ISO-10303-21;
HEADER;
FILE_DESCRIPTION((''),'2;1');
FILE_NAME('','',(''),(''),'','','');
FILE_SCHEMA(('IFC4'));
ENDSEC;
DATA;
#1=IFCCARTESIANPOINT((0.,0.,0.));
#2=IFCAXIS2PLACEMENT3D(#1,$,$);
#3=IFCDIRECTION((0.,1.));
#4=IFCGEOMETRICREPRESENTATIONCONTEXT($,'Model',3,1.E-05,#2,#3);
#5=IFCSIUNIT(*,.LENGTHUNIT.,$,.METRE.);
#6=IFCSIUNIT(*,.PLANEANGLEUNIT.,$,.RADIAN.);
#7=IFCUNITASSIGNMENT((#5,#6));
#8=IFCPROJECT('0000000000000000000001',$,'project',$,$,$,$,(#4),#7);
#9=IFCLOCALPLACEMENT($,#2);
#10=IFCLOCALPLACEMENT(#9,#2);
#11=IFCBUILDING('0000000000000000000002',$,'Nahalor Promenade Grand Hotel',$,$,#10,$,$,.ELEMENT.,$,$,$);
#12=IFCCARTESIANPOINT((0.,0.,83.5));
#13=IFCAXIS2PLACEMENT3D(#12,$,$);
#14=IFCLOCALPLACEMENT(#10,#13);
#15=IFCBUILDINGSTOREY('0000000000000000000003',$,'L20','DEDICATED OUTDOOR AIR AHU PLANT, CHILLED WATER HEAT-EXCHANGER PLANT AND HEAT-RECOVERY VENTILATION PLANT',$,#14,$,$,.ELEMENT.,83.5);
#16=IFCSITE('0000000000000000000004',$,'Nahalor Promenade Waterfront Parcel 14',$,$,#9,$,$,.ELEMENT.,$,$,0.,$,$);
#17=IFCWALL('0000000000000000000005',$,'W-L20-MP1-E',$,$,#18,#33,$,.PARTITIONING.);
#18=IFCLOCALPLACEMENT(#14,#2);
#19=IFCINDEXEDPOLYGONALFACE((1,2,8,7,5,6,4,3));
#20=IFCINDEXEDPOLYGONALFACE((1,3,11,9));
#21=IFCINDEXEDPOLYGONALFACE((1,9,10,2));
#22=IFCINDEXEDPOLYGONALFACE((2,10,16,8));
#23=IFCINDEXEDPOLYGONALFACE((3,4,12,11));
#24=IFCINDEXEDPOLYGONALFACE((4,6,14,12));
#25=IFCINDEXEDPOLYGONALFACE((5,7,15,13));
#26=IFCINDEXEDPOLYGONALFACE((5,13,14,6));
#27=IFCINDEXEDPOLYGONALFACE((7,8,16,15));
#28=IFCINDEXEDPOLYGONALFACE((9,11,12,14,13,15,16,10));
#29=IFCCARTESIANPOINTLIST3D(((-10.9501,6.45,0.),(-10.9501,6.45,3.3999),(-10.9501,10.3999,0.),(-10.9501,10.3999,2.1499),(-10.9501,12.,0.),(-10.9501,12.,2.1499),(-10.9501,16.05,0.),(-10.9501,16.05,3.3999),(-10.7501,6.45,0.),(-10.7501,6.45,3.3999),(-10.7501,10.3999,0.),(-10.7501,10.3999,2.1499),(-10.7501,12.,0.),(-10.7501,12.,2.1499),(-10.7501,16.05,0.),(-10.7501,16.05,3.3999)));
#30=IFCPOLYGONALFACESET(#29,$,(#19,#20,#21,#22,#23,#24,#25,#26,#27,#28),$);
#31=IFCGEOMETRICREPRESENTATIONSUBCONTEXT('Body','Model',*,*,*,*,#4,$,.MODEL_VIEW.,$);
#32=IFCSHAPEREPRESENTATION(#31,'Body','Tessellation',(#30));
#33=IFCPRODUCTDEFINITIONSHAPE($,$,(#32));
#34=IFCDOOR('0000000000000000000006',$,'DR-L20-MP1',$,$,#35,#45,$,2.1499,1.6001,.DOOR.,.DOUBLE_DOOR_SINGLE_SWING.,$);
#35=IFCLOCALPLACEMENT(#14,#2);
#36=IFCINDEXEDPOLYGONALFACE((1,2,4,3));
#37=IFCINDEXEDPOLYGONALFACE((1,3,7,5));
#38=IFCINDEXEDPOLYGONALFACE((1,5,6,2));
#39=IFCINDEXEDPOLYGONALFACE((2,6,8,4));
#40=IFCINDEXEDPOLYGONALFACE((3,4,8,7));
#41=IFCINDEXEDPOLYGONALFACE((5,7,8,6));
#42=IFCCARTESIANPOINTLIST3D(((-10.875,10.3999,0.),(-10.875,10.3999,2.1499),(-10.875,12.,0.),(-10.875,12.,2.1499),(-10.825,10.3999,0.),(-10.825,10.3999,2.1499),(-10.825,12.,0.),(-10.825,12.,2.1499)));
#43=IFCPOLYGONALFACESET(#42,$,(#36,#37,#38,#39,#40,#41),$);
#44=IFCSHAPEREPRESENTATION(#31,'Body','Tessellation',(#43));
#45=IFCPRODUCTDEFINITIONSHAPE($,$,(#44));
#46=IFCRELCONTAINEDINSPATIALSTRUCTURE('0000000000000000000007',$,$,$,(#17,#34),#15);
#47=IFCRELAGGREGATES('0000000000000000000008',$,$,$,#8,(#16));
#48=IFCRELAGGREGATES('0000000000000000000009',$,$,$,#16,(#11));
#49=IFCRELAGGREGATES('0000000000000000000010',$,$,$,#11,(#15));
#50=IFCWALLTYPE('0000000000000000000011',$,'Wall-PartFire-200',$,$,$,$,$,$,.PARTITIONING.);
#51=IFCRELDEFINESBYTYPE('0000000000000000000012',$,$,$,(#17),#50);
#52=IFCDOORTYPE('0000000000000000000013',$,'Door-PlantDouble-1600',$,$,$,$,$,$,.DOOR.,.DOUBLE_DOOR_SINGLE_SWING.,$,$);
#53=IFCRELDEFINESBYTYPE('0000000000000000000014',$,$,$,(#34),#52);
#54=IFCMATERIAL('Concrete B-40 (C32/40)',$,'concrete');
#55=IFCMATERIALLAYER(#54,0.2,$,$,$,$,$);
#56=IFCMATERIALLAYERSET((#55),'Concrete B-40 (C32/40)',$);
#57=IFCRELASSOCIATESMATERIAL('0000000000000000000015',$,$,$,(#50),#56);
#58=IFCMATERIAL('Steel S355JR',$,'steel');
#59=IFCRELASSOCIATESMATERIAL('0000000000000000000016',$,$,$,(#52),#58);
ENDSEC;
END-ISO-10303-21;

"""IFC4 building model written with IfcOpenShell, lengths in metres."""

from ifc_helpers import new_model, si_unit, direction, frame, frame_2d, origin, place, context, subcontext, project, spatial, rectangle, extrude, source, transform, mapped, material, layer, layer_set, type_object, element, fill, save


model = new_model("IFC4")

# Units and contexts
model_context = context("Model", 3, precision=1e-05, world=origin(), true_north=direction((0.0, 1.0)))
body_context = subcontext(model_context, "Body", "Model", "MODEL_VIEW")
ifc_project = project(units=[si_unit("LENGTHUNIT", "METRE"), si_unit("PLANEANGLEUNIT", "RADIAN")], contexts=[model_context])

# Site, building, storey
site_placement = place(None, origin())
site = spatial("IfcSite", under=ifc_project, at=site_placement, Name="Nahalor Promenade Waterfront Parcel 14", CompositionType="ELEMENT", RefElevation=0.0)
building_placement = place(site_placement, origin())
building = spatial("IfcBuilding", under=site, at=building_placement, Name="Nahalor Promenade Grand Hotel", CompositionType="ELEMENT")
storey_placement = place(building_placement, frame((0.0, 0.0, 83.5)))
storey = spatial("IfcBuildingStorey", under=building, at=storey_placement, Name="L20", Description="DEDICATED OUTDOOR AIR AHU PLANT, CHILLED WATER HEAT-EXCHANGER PLANT AND HEAT-RECOVERY VENTILATION PLANT", CompositionType="ELEMENT", Elevation=83.5)

# Shared definitions
ifc_material_1 = material(Name="Steel S355JR", Category="steel")

# Shared definitions
ifc_material_2 = material(Name="Concrete B-40 (C32/40)", Category="concrete")
ifc_layer_1 = layer(ifc_material_2, 0.2)
ifc_layer_set_1 = layer_set([ifc_layer_1], Name="Concrete B-40 (C32/40)")
wall_type_1 = type_object("IfcWallType", Name="Wall-PartFire-200", PredefinedType="PARTITIONING", material=ifc_layer_set_1)
shared_shape_1 = source(origin(), body_context, "Body", "SweptSolid", [
    extrude(rectangle(XDim=9.6001, YDim=0.2, at=frame_2d((4.8, 0.0))), origin(), (0.0, 0.0, 1.0), 3.3999),
])

# Wall, opening, door
wall_1_placement = place(storey_placement, frame((-10.8501, 6.45, 0.0), z_axis=(0.0, 0.0, 1.0), x_axis=(0.0, 1.0, 0.0)))
wall_1 = element("IfcWall", 1, at=wall_1_placement, inside=storey, type_object=wall_type_1, Name="W-L20-MP1-E", PredefinedType="PARTITIONING", context=body_context, shape_type="MappedRepresentation", body=[
    mapped(shared_shape_1, transform((0.0, 0.0, 0.0), scale=1.0)),
])
opening_placement = place(wall_1_placement, frame((3.95, 0.0, 0.0)))
opening = element("IfcOpeningElement", 2, at=opening_placement, cuts=wall_1, PredefinedType="OPENING", context=body_context, shape_type="SweptSolid", body=[
    extrude(rectangle(XDim=1.6001, YDim=2.1499, at=frame_2d((0.8, 1.075))), frame((0.0, 0.1099, 0.0), z_axis=(0.0, -1.0, 0.0), x_axis=(1.0, 0.0, 0.0)), (0.0, 0.0, 1.0), 0.22),
])
door_type = type_object("IfcDoorType", Name="Door-PlantDouble-1600", OperationType="DOUBLE_DOOR_SINGLE_SWING", PredefinedType="DOOR", material=ifc_material_1)
shared_shape_2 = source(origin(), body_context, "Body", "SweptSolid", [
    extrude(rectangle(XDim=1.6001, YDim=2.1499, at=frame_2d((0.8, 1.075))), frame((0.0, 0.0249, 0.0), z_axis=(0.0, -1.0, 0.0), x_axis=(1.0, 0.0, 0.0)), (0.0, 0.0, 1.0), 0.05),
])
door_placement = place(opening_placement, origin())
door = element("IfcDoor", 3, at=door_placement, inside=storey, type_object=door_type, Name="DR-L20-MP1", OperationType="DOUBLE_DOOR_SINGLE_SWING", OverallHeight=2.1499, OverallWidth=1.6001, PredefinedType="DOOR", context=body_context, shape_type="MappedRepresentation", body=[
    mapped(shared_shape_2, transform((0.0, 0.0, 0.0), scale=1.0)),
])
fill(opening, door)

save(model, "model.ifc")
